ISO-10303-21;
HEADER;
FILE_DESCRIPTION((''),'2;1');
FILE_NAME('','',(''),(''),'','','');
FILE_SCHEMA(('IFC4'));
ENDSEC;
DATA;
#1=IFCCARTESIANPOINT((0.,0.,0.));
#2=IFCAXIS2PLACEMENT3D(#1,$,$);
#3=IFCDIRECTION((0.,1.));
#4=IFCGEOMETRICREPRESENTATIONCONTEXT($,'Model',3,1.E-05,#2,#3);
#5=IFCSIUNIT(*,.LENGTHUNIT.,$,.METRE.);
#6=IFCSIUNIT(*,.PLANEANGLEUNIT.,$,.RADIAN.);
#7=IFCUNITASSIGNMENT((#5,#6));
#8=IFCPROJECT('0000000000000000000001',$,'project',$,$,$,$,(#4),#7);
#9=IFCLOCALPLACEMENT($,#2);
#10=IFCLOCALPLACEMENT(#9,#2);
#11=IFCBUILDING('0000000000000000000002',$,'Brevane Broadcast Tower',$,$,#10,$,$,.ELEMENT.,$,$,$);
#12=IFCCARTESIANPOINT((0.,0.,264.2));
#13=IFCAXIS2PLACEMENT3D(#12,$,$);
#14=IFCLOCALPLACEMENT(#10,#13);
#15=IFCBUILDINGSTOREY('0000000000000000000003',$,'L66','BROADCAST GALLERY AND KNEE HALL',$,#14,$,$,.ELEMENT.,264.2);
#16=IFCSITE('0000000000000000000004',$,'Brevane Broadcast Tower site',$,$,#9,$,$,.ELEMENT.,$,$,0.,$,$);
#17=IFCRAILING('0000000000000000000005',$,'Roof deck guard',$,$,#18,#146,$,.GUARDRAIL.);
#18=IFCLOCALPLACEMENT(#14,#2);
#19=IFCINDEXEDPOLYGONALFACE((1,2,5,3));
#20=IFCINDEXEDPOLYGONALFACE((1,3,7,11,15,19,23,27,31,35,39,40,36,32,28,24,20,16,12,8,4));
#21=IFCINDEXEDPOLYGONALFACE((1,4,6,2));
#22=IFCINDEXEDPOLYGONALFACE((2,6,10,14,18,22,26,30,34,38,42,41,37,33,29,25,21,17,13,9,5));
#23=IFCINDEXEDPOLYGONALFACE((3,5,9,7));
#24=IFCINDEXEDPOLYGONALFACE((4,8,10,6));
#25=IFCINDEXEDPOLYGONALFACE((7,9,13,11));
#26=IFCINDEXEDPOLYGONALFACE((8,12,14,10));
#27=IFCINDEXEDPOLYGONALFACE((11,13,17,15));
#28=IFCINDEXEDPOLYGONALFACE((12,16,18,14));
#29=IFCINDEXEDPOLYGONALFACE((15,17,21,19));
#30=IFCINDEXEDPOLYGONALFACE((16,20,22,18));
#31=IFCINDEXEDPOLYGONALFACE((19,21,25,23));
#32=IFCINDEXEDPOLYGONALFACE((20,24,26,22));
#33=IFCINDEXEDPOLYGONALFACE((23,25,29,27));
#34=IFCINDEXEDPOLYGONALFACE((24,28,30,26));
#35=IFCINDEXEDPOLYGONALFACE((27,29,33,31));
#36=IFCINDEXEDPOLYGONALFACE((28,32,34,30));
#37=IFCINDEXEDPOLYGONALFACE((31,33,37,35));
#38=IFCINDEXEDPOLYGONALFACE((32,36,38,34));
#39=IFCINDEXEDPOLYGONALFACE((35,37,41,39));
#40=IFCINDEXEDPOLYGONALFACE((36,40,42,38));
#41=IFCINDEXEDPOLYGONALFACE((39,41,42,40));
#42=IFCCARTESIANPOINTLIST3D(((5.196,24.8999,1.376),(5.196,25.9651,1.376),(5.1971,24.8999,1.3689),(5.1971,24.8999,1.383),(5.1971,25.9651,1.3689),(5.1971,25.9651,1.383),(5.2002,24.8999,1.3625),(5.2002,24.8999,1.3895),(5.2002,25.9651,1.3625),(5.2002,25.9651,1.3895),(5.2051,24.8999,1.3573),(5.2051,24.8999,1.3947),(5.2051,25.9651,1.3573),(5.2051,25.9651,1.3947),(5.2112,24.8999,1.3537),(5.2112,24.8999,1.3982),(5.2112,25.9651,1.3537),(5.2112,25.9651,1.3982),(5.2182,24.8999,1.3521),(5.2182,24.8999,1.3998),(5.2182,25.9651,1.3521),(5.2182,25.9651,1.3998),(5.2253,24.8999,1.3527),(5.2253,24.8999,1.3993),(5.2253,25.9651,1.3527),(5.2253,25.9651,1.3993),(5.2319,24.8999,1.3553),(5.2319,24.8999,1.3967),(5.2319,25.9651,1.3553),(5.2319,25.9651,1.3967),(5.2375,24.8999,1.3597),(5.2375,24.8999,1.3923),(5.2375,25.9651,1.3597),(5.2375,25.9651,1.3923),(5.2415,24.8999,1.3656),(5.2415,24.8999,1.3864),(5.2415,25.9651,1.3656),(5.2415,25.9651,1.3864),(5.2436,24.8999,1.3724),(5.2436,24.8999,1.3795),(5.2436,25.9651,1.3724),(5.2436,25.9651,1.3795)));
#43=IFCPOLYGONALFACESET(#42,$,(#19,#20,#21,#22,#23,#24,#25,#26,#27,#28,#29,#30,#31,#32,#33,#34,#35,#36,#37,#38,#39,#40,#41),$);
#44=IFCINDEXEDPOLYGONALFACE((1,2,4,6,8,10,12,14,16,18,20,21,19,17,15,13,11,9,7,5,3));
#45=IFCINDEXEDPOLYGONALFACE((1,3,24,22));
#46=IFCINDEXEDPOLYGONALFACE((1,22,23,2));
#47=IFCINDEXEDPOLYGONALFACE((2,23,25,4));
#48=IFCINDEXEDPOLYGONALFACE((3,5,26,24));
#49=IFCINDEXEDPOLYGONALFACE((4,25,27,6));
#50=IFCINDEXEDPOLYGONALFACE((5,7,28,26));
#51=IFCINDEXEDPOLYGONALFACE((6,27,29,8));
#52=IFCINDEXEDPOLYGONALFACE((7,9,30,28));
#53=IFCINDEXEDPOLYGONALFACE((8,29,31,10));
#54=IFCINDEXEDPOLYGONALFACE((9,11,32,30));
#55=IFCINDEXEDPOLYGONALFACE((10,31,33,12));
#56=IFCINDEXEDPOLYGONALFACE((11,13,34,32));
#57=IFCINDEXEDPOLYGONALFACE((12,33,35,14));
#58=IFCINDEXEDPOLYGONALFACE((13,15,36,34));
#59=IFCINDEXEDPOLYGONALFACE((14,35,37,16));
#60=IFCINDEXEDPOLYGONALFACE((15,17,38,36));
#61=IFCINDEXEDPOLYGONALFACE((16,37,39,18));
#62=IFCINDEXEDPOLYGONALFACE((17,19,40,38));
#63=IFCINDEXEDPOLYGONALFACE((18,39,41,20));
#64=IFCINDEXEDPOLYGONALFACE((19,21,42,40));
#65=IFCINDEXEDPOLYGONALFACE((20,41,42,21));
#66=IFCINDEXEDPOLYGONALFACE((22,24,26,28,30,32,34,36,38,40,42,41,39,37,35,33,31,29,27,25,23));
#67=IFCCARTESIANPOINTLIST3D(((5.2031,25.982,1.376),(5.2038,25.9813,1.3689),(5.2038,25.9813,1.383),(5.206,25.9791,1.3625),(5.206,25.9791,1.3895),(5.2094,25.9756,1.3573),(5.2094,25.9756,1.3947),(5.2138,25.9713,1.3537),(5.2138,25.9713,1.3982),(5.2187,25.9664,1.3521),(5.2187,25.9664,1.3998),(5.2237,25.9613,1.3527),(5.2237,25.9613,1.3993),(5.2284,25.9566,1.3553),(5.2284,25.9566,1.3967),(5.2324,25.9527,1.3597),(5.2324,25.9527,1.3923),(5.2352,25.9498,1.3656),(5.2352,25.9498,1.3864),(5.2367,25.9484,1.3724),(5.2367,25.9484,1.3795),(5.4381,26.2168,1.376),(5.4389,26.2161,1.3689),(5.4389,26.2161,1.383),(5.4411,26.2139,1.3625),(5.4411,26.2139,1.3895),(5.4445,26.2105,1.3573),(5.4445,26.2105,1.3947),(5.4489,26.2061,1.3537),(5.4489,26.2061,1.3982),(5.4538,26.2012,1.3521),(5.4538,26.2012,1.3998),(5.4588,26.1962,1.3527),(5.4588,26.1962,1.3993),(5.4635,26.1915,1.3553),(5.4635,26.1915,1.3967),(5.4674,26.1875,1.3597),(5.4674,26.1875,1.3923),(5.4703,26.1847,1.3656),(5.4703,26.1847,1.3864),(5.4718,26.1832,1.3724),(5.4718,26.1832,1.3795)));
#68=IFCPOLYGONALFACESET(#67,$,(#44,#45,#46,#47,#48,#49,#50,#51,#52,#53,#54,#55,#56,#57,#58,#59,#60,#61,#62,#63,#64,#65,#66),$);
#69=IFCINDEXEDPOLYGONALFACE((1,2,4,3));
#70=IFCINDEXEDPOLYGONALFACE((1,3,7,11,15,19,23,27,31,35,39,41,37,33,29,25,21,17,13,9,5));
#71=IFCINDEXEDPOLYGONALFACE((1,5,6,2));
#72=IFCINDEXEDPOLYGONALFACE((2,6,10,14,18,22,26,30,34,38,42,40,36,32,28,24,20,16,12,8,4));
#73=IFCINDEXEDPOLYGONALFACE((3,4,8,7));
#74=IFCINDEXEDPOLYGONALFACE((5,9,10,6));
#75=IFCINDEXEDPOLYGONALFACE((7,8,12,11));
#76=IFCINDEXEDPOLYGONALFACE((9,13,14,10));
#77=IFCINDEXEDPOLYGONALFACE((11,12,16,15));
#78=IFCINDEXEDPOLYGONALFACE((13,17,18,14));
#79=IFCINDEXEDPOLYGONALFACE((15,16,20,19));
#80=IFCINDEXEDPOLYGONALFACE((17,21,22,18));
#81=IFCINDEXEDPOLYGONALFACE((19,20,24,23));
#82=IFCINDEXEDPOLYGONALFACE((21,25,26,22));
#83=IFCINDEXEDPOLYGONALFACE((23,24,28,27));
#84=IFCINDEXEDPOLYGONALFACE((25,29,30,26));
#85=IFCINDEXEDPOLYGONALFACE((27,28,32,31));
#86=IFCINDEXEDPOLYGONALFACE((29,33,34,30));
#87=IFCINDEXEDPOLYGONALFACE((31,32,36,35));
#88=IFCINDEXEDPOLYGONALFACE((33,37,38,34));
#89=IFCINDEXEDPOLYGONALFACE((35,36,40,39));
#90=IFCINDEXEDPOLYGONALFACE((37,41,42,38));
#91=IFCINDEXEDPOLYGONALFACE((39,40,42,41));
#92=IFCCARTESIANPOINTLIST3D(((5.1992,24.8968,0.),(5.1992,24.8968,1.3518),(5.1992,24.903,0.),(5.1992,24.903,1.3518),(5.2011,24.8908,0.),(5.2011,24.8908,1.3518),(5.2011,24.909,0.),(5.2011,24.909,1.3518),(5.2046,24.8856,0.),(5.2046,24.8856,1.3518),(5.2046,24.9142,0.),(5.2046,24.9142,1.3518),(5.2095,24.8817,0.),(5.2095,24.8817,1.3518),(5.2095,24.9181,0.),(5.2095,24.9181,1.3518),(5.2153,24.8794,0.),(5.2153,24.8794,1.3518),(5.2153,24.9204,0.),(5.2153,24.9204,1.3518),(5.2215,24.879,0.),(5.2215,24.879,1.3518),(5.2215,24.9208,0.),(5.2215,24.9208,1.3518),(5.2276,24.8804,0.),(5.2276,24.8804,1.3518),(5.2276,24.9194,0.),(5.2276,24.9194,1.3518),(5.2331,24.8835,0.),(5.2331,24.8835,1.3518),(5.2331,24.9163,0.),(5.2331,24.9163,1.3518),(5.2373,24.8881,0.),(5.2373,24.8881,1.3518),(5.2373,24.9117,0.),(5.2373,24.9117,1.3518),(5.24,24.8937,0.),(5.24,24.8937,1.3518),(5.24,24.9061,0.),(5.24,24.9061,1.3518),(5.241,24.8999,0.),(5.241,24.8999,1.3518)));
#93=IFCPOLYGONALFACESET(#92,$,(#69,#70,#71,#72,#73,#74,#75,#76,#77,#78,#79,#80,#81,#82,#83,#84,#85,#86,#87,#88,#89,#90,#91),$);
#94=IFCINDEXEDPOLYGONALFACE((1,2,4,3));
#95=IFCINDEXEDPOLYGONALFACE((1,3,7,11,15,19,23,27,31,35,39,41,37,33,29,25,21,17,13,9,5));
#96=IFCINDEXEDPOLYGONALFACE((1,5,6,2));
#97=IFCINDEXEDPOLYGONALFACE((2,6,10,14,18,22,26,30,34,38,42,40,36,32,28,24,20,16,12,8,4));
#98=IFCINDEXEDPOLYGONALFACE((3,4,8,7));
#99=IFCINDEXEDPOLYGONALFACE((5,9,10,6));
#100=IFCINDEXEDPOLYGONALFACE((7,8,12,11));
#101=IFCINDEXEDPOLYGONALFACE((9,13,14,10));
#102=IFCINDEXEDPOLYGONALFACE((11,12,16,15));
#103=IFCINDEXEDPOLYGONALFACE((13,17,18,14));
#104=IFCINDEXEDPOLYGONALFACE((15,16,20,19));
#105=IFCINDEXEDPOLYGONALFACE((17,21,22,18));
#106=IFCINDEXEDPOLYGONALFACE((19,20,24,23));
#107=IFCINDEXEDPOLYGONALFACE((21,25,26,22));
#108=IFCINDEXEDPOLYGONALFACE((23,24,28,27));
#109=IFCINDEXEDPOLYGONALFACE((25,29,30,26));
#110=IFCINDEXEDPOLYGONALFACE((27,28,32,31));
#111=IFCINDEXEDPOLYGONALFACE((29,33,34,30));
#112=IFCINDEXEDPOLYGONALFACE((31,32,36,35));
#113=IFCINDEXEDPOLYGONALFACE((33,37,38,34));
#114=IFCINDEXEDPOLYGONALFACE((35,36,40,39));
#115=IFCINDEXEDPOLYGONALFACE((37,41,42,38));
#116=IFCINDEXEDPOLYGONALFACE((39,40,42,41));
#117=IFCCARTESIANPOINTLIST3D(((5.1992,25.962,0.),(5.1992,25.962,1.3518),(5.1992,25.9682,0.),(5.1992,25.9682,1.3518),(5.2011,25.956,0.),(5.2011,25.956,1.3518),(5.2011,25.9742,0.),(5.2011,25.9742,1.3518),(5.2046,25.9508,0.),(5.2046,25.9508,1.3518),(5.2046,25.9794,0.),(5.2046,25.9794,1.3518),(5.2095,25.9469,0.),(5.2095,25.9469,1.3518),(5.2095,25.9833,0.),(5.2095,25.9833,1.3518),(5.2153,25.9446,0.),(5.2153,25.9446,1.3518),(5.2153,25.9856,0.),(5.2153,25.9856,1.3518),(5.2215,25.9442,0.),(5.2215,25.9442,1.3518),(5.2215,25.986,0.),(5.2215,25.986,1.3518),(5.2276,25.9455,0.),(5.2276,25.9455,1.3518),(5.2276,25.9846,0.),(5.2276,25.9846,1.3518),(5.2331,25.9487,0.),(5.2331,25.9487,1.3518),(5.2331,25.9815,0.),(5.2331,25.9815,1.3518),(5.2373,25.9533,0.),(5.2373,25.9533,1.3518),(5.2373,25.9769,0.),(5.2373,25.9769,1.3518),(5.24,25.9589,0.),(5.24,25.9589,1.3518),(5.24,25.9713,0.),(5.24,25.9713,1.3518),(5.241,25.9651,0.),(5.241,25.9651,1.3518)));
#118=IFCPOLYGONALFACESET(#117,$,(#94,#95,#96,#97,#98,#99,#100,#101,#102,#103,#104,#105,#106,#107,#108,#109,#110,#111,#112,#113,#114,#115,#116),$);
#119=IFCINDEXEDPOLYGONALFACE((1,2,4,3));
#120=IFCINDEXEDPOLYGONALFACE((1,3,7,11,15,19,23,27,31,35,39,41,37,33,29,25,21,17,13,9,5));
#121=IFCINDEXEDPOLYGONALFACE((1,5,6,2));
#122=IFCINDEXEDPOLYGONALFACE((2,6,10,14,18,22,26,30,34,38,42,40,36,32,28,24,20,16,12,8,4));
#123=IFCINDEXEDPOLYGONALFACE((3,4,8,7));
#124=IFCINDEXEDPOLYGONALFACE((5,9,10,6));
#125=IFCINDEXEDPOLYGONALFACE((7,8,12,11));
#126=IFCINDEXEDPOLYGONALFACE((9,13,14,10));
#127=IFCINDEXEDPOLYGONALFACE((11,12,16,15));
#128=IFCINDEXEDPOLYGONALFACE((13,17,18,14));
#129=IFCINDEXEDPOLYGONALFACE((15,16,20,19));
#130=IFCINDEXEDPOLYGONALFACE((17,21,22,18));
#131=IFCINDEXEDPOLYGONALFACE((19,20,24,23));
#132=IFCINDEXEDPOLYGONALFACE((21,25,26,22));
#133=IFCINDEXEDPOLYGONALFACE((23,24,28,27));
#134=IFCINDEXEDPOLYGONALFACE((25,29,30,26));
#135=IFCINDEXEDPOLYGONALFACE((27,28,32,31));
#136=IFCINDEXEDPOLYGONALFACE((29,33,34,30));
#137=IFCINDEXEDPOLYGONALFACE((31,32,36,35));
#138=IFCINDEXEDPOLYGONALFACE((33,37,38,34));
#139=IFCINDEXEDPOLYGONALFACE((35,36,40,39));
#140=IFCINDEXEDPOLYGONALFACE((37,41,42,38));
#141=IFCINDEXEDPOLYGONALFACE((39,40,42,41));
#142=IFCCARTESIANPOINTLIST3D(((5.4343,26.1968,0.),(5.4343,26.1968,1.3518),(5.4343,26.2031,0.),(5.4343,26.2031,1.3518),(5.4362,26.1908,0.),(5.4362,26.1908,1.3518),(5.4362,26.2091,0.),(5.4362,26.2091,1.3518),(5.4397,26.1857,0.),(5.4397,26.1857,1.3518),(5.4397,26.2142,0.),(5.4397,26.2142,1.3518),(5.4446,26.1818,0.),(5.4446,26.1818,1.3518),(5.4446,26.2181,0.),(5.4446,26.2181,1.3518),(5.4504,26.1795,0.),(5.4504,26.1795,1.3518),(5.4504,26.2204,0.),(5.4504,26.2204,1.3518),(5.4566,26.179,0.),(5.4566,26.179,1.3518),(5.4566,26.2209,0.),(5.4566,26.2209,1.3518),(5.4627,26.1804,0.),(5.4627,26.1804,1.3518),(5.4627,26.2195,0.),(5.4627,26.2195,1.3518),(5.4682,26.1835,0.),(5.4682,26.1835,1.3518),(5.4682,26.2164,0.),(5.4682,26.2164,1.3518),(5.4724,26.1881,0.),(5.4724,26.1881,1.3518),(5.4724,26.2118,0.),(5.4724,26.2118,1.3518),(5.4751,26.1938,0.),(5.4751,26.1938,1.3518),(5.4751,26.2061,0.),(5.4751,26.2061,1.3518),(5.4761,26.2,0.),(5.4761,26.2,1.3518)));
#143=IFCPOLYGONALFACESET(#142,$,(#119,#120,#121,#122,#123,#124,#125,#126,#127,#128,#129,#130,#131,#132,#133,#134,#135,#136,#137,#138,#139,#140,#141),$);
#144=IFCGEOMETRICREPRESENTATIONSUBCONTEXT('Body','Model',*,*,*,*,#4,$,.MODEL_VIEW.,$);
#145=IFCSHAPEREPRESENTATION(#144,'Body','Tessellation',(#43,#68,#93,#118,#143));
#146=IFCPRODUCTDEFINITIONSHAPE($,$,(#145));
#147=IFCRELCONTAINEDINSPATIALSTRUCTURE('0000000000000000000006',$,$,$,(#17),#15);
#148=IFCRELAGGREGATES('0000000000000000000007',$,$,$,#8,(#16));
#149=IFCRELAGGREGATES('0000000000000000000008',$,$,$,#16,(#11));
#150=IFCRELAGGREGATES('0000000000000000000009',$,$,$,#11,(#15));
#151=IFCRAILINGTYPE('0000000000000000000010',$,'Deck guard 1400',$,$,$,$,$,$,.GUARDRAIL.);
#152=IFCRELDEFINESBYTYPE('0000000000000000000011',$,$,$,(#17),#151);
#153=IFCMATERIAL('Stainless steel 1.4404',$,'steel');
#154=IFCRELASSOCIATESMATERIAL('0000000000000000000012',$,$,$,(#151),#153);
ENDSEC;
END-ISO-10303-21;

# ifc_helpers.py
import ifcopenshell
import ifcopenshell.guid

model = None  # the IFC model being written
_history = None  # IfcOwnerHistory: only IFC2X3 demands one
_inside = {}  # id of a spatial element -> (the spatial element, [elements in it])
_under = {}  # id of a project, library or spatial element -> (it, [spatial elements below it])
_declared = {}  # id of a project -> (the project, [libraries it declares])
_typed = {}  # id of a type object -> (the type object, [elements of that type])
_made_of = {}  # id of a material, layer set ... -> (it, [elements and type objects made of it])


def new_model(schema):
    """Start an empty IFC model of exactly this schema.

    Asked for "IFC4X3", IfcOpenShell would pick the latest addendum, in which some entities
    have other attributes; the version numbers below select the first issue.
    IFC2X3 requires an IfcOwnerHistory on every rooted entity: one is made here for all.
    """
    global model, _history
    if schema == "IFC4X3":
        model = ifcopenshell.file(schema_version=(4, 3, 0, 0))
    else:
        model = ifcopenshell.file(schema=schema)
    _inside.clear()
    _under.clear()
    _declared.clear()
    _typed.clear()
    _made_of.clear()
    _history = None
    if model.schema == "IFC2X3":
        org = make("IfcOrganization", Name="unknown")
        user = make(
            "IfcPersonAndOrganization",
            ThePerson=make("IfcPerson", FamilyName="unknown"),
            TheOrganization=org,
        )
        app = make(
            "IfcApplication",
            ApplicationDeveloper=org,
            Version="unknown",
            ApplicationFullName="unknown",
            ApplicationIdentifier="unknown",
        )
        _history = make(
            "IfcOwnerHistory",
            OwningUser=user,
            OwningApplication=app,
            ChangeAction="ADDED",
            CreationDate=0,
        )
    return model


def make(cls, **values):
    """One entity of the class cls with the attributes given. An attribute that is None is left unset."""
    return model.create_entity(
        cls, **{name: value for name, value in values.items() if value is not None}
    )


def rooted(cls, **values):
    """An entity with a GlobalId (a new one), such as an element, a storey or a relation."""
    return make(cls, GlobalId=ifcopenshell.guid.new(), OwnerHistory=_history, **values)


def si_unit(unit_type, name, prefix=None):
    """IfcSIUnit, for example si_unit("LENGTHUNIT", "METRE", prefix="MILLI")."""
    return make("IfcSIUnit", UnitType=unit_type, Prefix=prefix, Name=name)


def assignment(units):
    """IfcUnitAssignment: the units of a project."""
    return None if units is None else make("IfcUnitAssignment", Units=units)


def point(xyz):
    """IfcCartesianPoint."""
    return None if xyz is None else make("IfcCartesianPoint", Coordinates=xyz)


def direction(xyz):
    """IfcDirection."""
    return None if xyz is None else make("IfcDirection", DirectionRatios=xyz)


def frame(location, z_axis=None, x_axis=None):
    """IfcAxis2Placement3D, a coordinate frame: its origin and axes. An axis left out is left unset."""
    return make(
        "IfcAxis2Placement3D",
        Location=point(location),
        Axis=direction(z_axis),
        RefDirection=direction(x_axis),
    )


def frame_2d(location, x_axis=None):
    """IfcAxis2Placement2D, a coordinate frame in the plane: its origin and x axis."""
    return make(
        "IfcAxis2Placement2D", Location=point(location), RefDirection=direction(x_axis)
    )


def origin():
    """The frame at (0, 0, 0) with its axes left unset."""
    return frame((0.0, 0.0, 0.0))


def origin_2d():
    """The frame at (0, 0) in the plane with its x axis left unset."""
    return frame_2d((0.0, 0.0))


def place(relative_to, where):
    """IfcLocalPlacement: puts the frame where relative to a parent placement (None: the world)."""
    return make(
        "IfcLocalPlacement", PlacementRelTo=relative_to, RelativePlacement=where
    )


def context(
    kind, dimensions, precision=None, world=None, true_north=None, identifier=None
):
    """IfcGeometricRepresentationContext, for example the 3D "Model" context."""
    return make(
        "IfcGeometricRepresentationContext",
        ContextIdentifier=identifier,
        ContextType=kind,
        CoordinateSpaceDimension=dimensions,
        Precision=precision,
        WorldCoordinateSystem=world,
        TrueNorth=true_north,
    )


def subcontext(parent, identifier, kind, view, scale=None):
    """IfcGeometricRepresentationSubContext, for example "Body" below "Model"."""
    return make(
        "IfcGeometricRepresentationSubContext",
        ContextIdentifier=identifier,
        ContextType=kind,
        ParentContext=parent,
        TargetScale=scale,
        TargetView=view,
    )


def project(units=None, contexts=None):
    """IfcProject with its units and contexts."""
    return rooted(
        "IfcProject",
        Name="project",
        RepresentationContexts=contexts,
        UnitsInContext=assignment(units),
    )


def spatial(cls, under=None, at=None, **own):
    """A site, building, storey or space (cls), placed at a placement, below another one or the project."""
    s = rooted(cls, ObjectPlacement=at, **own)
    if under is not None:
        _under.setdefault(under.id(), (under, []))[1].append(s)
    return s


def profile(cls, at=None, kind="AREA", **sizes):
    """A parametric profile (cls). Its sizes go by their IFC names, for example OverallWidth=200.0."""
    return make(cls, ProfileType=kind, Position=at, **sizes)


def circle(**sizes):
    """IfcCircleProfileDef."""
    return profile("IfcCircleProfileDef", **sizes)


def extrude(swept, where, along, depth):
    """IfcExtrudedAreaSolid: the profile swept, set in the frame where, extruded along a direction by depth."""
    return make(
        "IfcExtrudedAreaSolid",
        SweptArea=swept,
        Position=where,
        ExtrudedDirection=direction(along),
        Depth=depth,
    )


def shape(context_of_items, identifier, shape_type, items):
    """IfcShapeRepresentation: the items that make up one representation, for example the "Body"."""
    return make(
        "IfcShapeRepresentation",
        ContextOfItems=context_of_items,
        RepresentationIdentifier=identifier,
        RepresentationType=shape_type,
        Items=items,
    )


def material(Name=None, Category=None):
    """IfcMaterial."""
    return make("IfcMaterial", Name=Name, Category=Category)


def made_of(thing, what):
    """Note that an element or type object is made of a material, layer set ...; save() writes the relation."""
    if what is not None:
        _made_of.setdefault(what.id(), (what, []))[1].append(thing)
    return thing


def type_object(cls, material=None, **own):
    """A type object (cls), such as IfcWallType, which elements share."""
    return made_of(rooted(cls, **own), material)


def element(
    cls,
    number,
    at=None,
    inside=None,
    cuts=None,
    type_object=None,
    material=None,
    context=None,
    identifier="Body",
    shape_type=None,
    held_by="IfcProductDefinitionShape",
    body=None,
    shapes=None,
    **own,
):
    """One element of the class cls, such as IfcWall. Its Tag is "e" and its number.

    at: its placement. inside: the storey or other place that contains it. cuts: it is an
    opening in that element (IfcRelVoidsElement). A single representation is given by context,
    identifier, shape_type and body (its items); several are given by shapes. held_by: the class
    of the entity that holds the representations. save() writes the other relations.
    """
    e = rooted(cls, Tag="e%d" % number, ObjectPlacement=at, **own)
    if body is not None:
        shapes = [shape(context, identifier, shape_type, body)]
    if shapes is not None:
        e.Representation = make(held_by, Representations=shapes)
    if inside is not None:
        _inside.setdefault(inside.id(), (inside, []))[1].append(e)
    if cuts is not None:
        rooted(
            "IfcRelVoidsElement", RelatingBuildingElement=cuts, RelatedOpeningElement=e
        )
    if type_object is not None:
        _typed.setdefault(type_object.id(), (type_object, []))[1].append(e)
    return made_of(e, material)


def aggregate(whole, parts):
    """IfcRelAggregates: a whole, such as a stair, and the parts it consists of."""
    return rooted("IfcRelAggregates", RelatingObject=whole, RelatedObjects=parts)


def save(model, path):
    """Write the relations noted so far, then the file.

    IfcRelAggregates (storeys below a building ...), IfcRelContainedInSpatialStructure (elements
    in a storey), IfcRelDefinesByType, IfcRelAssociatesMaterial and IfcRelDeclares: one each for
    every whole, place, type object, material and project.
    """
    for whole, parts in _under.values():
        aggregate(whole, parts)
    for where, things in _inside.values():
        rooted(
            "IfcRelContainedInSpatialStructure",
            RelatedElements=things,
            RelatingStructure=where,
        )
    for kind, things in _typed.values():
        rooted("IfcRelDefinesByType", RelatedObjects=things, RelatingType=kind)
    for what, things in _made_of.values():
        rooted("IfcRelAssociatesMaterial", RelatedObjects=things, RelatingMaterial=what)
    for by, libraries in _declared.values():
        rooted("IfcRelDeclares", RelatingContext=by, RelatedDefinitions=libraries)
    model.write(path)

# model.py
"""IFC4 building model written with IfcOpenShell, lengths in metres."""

from ifc_helpers import new_model, si_unit, direction, frame, origin, origin_2d, place, context, subcontext, project, spatial, circle, extrude, material, type_object, element, save


model = new_model("IFC4")

# Units and contexts
model_context = context("Model", 3, precision=1e-05, world=origin(), true_north=direction((0.0, 1.0)))
body_context = subcontext(model_context, "Body", "Model", "MODEL_VIEW")
ifc_project = project(units=[si_unit("LENGTHUNIT", "METRE"), si_unit("PLANEANGLEUNIT", "RADIAN")], contexts=[model_context])

# Site, building, storey
site_placement = place(None, origin())
site = spatial("IfcSite", under=ifc_project, at=site_placement, Name="Brevane Broadcast Tower site", CompositionType="ELEMENT", RefElevation=0.0)
building_placement = place(site_placement, origin())
building = spatial("IfcBuilding", under=site, at=building_placement, Name="Brevane Broadcast Tower", CompositionType="ELEMENT")
storey_placement = place(building_placement, frame((0.0, 0.0, 264.2)))
storey = spatial("IfcBuildingStorey", under=building, at=storey_placement, Name="L66", Description="BROADCAST GALLERY AND KNEE HALL", CompositionType="ELEMENT", Elevation=264.2)

# Railing
ifc_material_1 = material(Name="Stainless steel 1.4404", Category="steel")
railing_type_1 = type_object("IfcRailingType", Name="Deck guard 1400", PredefinedType="GUARDRAIL", material=ifc_material_1)
railing_1_placement = place(storey_placement, frame((5.22, 24.8999, 0.0)))
element("IfcRailing", 1, at=railing_1_placement, inside=storey, type_object=railing_type_1, Name="Roof deck guard", PredefinedType="GUARDRAIL", context=body_context, shape_type="SweptSolid", body=[
    extrude(circle(Radius=0.0239, at=origin_2d()), frame((0.0, 0.0, 1.376), z_axis=(0.0, 1.0, 0.0), x_axis=(-1.0, 0.0, 0.0)), (0.0, 0.0, 1.0), 1.0652),
    extrude(circle(Radius=0.0239, at=origin_2d()), frame((0.0, 1.0652, 1.376), z_axis=(0.707474, 0.706739, 0.0), x_axis=(-0.706739, 0.707474, 0.0)), (0.0, 0.0, 1.0), 0.3323),
    extrude(circle(Radius=0.021, at=origin_2d()), origin(), (0.0, 0.0, 1.0), 1.3518),
    extrude(circle(Radius=0.021, at=origin_2d()), frame((0.0, 1.0652, 0.0)), (0.0, 0.0, 1.0), 1.3518),
    extrude(circle(Radius=0.021, at=origin_2d()), frame((0.2351, 1.3, 0.0)), (0.0, 0.0, 1.0), 1.3518),
])

save(model, "model.ifc")
